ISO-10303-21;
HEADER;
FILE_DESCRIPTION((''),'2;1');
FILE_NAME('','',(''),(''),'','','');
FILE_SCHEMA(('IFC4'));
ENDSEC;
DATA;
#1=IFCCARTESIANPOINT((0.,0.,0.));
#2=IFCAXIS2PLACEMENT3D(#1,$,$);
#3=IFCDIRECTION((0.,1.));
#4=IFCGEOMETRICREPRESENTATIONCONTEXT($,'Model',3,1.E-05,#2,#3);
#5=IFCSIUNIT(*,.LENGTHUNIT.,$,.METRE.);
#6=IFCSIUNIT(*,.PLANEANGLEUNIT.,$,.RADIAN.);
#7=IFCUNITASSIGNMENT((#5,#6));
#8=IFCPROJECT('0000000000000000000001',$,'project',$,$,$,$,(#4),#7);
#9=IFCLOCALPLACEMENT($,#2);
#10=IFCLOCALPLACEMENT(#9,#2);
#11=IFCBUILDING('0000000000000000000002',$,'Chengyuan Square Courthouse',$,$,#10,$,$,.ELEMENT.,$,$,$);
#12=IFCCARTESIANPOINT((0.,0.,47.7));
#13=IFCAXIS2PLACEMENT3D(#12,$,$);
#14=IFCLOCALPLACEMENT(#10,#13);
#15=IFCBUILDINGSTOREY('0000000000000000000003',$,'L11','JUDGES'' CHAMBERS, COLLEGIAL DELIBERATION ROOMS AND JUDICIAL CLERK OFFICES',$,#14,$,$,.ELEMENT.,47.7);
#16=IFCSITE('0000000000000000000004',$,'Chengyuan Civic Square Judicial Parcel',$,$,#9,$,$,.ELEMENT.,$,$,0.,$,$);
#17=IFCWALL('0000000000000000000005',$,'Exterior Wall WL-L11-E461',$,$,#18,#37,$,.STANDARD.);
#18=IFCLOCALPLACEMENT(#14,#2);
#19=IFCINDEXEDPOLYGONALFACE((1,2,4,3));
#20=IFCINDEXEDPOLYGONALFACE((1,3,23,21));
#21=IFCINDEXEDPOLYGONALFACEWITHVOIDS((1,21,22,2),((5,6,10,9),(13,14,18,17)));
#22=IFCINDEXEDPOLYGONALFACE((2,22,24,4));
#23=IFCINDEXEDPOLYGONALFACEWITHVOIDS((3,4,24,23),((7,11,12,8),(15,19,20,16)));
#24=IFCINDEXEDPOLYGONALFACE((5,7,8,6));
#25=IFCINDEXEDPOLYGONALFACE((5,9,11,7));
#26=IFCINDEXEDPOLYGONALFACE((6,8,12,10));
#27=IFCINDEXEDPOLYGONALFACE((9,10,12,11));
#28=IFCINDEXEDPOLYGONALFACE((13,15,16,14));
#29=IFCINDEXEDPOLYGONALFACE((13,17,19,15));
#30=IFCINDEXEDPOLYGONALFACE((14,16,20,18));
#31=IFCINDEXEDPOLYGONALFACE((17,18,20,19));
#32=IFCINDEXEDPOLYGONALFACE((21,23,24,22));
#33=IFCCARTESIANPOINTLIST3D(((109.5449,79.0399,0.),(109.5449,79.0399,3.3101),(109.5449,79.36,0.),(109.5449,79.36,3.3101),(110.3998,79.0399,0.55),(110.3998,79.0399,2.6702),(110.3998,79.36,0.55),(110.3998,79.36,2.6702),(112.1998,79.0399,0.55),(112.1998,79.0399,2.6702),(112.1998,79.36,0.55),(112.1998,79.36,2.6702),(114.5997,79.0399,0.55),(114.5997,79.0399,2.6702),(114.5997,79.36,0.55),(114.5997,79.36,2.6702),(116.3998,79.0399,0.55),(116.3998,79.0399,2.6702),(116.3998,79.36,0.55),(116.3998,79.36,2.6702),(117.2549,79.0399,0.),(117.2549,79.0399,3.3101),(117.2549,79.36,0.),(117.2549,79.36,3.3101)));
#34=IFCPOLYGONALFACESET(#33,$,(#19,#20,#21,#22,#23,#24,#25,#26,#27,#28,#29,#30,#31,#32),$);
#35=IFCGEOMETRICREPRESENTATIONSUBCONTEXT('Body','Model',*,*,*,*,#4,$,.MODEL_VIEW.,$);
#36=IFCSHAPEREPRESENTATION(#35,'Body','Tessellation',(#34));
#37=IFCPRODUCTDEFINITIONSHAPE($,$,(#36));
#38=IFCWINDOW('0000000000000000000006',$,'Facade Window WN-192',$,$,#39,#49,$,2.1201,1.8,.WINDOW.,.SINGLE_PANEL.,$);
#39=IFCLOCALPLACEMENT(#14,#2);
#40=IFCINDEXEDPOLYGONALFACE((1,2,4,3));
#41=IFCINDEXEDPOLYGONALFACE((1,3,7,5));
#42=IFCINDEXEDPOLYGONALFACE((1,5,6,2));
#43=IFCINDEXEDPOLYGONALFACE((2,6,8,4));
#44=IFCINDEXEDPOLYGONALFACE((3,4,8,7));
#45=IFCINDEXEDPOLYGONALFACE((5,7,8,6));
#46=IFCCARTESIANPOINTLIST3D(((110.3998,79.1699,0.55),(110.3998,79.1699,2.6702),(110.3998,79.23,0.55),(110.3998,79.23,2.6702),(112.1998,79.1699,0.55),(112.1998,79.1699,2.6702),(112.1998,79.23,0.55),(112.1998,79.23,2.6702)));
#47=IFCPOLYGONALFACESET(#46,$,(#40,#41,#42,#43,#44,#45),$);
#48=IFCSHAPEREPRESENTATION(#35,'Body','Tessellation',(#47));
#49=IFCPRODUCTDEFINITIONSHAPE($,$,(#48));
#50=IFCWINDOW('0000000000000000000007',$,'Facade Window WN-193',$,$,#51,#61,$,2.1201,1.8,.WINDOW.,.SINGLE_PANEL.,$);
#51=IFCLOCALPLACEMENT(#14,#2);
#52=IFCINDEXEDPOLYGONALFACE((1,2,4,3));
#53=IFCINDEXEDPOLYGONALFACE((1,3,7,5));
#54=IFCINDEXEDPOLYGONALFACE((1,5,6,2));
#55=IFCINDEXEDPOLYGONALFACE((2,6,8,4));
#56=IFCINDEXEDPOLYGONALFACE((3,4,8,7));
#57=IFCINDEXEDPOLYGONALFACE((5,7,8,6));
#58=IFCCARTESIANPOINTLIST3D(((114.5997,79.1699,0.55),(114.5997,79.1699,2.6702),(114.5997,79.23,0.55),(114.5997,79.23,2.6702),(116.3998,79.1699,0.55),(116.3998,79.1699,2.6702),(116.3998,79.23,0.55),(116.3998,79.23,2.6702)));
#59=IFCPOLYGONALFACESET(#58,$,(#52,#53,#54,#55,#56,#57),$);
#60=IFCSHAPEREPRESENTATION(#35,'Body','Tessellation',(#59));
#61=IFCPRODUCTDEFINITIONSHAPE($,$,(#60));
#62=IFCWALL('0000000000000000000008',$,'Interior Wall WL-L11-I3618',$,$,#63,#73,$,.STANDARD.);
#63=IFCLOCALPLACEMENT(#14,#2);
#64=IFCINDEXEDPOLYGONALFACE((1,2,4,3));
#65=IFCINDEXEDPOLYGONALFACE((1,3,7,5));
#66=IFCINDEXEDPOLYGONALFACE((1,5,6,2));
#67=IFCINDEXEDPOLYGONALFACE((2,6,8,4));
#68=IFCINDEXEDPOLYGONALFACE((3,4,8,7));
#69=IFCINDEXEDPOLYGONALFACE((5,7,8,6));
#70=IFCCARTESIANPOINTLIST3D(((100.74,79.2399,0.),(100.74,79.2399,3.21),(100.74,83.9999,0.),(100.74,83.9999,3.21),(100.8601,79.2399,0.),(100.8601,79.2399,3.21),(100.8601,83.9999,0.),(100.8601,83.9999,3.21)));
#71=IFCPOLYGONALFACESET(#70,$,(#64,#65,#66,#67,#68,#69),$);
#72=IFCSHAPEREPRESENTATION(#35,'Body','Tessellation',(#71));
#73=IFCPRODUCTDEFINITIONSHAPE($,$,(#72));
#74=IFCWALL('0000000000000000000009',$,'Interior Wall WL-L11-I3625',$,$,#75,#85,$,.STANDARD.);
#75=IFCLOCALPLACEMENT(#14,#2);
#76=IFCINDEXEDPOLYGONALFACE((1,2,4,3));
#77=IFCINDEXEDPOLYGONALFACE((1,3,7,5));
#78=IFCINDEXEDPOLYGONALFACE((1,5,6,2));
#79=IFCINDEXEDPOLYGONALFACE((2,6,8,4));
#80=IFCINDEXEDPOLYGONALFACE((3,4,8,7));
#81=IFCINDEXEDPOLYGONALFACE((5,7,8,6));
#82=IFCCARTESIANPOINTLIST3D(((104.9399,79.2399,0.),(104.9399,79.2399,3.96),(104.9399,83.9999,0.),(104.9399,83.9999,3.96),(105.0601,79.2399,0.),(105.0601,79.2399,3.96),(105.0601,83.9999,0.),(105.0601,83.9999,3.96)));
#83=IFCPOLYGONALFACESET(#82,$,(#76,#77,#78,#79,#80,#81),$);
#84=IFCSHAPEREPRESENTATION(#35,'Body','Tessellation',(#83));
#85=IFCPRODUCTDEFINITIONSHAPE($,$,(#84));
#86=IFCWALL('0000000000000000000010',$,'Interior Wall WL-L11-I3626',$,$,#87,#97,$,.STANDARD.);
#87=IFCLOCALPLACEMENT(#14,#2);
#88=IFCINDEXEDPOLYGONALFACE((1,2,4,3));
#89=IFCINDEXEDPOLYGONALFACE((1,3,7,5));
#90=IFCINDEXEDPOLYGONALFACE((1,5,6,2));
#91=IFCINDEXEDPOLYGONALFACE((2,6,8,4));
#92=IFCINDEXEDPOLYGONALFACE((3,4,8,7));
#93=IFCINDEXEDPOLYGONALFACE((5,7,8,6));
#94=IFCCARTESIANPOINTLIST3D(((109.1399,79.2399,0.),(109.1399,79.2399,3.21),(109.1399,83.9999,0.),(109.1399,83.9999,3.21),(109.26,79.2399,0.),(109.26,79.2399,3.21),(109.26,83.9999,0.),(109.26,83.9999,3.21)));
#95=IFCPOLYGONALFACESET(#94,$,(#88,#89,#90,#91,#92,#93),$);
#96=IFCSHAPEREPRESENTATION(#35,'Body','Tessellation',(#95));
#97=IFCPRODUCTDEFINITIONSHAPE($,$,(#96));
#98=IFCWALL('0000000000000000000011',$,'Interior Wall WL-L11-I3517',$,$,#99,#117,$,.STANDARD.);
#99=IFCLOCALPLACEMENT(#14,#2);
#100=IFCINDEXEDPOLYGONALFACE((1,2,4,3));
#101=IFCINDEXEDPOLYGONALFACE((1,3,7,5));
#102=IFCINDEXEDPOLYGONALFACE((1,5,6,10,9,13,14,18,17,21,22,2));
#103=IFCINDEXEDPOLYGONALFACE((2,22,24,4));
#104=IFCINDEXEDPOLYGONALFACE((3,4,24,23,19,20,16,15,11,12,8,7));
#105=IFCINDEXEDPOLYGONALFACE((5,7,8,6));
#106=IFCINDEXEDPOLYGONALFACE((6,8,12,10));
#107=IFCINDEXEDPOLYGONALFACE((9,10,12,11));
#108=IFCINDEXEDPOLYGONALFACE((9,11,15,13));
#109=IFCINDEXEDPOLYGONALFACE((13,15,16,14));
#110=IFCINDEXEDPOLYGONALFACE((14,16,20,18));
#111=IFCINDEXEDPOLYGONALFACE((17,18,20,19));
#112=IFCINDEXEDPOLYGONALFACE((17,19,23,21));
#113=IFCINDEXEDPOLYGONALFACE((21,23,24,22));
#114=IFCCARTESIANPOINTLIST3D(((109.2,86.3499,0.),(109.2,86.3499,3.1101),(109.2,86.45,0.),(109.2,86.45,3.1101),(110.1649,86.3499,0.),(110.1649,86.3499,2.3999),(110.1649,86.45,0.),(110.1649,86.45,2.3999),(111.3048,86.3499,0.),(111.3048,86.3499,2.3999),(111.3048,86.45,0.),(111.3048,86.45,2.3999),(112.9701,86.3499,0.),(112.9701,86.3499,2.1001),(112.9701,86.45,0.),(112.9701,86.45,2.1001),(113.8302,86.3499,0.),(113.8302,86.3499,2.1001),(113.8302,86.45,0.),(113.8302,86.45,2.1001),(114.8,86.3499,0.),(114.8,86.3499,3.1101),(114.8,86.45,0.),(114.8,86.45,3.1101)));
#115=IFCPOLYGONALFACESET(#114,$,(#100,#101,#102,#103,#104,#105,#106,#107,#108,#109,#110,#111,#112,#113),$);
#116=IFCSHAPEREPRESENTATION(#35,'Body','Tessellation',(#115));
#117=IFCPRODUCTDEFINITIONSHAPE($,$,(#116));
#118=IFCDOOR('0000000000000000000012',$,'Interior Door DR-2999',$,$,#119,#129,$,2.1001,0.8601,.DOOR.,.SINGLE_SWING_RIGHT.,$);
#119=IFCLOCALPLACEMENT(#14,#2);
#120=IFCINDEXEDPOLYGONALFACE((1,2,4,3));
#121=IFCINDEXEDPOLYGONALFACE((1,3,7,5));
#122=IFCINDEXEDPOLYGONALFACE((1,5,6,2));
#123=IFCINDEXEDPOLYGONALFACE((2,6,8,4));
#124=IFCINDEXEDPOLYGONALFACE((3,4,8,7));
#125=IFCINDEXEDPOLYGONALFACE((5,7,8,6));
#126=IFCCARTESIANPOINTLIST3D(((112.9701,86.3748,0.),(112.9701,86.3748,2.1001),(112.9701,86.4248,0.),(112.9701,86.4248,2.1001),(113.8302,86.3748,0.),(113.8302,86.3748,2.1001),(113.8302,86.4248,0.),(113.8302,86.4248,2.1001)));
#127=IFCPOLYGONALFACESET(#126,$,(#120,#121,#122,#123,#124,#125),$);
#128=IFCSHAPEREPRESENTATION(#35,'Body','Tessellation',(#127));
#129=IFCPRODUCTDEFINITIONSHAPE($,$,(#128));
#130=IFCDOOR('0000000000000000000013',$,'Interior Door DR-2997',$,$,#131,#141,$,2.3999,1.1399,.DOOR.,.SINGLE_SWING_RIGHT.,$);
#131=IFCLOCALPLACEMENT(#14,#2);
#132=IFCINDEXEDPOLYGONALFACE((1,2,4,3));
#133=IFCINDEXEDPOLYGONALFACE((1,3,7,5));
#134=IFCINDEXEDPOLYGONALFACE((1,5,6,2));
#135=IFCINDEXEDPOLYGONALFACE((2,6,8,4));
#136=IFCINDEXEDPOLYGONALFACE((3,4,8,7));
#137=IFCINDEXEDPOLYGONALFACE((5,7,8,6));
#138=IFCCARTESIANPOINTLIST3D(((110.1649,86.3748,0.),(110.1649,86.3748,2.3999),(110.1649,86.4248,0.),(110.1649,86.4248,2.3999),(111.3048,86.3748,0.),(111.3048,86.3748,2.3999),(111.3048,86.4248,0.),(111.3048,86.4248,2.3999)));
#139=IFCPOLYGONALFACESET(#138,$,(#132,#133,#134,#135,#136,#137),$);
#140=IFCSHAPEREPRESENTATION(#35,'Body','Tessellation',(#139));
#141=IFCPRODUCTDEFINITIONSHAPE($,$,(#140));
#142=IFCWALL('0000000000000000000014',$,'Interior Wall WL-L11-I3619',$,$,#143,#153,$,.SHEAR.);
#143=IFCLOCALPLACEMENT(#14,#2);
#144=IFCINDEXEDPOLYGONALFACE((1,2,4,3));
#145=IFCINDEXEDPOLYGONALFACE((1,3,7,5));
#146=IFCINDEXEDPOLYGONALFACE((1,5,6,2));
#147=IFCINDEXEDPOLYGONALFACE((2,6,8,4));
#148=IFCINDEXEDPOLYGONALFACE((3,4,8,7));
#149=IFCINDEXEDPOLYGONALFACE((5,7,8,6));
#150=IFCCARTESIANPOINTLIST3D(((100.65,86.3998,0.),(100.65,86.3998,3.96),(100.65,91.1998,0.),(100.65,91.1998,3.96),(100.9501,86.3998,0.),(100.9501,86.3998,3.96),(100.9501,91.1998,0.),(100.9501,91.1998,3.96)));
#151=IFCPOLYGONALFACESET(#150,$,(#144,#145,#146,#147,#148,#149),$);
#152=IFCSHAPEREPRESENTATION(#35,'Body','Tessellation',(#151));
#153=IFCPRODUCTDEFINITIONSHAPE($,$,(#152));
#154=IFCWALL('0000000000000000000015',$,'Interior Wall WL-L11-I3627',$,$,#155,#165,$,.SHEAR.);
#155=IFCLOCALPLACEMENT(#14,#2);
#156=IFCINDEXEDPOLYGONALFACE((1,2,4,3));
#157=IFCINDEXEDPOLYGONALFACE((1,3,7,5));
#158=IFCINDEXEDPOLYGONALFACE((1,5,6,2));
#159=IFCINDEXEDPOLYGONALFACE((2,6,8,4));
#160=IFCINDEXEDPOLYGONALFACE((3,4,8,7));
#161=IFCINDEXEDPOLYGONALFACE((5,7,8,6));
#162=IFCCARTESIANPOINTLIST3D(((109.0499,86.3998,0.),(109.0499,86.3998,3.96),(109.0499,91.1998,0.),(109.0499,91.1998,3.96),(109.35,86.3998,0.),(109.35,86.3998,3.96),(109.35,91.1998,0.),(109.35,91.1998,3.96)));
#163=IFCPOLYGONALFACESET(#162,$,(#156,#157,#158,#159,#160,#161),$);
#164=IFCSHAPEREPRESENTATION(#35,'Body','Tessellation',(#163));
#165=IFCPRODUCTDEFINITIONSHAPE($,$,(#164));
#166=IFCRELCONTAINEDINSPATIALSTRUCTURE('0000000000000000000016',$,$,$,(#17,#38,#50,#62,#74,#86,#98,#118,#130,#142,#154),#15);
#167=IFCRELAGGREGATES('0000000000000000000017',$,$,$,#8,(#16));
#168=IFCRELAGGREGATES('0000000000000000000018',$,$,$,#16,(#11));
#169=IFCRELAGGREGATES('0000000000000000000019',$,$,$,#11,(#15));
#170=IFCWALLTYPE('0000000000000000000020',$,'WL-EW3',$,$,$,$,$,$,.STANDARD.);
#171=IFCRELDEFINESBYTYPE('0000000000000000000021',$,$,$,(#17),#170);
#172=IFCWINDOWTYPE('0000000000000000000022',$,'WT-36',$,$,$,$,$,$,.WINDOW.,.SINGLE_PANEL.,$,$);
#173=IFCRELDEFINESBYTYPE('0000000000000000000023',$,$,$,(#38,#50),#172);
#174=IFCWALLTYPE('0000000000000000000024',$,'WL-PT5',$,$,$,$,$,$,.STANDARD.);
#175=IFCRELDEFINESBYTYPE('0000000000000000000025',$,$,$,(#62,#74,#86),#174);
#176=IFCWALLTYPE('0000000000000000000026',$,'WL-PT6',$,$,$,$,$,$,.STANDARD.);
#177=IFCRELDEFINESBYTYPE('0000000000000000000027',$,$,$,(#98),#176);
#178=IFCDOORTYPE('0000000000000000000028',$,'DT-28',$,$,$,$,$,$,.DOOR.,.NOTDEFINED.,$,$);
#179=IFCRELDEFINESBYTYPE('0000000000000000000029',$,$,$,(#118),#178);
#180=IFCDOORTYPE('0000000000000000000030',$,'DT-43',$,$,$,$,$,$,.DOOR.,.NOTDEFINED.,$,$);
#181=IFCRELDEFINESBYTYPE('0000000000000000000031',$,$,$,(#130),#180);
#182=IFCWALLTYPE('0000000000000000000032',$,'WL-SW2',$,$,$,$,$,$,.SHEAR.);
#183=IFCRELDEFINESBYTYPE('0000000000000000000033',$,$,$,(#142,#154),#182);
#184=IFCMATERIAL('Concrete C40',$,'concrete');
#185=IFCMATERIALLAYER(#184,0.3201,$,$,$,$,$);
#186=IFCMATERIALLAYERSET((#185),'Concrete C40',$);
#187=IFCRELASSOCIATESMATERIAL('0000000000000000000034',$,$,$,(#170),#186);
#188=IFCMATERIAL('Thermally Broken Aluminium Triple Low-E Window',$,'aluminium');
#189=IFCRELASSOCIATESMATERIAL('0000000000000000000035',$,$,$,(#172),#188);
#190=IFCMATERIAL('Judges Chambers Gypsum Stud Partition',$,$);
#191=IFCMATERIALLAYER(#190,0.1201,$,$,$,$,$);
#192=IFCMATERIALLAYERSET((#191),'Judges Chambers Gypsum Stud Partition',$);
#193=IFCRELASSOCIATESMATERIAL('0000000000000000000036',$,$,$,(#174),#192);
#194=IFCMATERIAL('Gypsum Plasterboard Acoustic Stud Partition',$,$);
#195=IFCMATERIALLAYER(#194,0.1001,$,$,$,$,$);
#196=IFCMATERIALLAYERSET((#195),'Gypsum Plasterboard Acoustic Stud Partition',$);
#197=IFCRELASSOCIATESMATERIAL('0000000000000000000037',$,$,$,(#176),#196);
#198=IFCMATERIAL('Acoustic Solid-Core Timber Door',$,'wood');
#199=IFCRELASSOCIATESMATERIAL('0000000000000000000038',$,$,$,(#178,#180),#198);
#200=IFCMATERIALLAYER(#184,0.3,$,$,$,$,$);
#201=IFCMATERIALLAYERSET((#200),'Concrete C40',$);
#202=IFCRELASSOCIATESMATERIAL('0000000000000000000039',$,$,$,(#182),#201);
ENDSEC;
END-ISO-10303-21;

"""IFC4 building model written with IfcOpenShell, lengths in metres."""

from ifc_helpers import new_model, si_unit, direction, frame, frame_2d, origin, place, context, subcontext, project, spatial, rectangle, extrude, material, layer, layer_set, type_object, element, fill, save


model = new_model("IFC4")

# Units and contexts
model_context = context("Model", 3, precision=1e-05, world=origin(), true_north=direction((0.0, 1.0)))
body_context = subcontext(model_context, "Body", "Model", "MODEL_VIEW")
ifc_project = project(units=[si_unit("LENGTHUNIT", "METRE"), si_unit("PLANEANGLEUNIT", "RADIAN")], contexts=[model_context])

# Site, building, storey
site_placement = place(None, origin())
site = spatial("IfcSite", under=ifc_project, at=site_placement, Name="Chengyuan Civic Square Judicial Parcel", CompositionType="ELEMENT", RefElevation=0.0)
building_placement = place(site_placement, origin())
building = spatial("IfcBuilding", under=site, at=building_placement, Name="Chengyuan Square Courthouse", CompositionType="ELEMENT")
storey_placement = place(building_placement, frame((0.0, 0.0, 47.7)))
storey = spatial("IfcBuildingStorey", under=building, at=storey_placement, Name="L11", Description="JUDGES' CHAMBERS, COLLEGIAL DELIBERATION ROOMS AND JUDICIAL CLERK OFFICES", CompositionType="ELEMENT", Elevation=47.7)

# Shared definitions
ifc_material_1 = material(Name="Concrete C40", Category="concrete")

# Wall, openings, windows
ifc_layer_1 = layer(ifc_material_1, 0.3201)
ifc_layer_set_1 = layer_set([ifc_layer_1], Name="Concrete C40")
wall_type_1 = type_object("IfcWallType", Name="WL-EW3", PredefinedType="STANDARD", material=ifc_layer_set_1)
ifc_material_2 = material(Name="Thermally Broken Aluminium Triple Low-E Window", Category="aluminium")
window_type = type_object("IfcWindowType", Name="WT-36", PartitioningType="SINGLE_PANEL", PredefinedType="WINDOW", material=ifc_material_2)
wall_1_placement = place(storey_placement, frame((109.5449, 79.2, 0.0), z_axis=(0.0, 0.0, 1.0), x_axis=(1.0, 0.0, 0.0)))
wall_1 = element("IfcWall", 1, at=wall_1_placement, inside=storey, type_object=wall_type_1, Name="Exterior Wall WL-L11-E461", PredefinedType="STANDARD", context=body_context, shape_type="SweptSolid", body=[
    extrude(rectangle(XDim=7.71, YDim=0.3201, at=frame_2d((3.855, 0.0))), origin(), (0.0, 0.0, 1.0), 3.3101),
])
opening_1_placement = place(wall_1_placement, frame((0.855, 0.0, 0.55)))
opening_1 = element("IfcOpeningElement", 2, at=opening_1_placement, cuts=wall_1, PredefinedType="OPENING", context=body_context, shape_type="SweptSolid", body=[
    extrude(rectangle(XDim=1.8, YDim=2.1201, at=frame_2d((0.8999, 1.0601))), frame((0.0, 0.1721, 0.0), z_axis=(0.0, -1.0, 0.0), x_axis=(1.0, 0.0, 0.0)), (0.0, 0.0, 1.0), 0.344),
])
opening_2_placement = place(wall_1_placement, frame((5.0549, 0.0, 0.55)))
opening_2 = element("IfcOpeningElement", 3, at=opening_2_placement, cuts=wall_1, PredefinedType="OPENING", context=body_context, shape_type="SweptSolid", body=[
    extrude(rectangle(XDim=1.8, YDim=2.1201, at=frame_2d((0.8999, 1.0601))), frame((0.0, 0.1721, 0.0), z_axis=(0.0, -1.0, 0.0), x_axis=(1.0, 0.0, 0.0)), (0.0, 0.0, 1.0), 0.344),
])
window_1_placement = place(opening_1_placement, origin())
window_1 = element("IfcWindow", 4, at=window_1_placement, inside=storey, type_object=window_type, Name="Facade Window WN-192", OverallHeight=2.1201, OverallWidth=1.8, PartitioningType="SINGLE_PANEL", PredefinedType="WINDOW", context=body_context, shape_type="SweptSolid", body=[
    extrude(rectangle(XDim=1.8, YDim=2.1201, at=frame_2d((0.8999, 1.0601))), frame((0.0, 0.03, 0.0), z_axis=(0.0, -1.0, 0.0), x_axis=(1.0, 0.0, 0.0)), (0.0, 0.0, 1.0), 0.0601),
])
fill(opening_1, window_1)
window_2_placement = place(opening_2_placement, origin())
window_2 = element("IfcWindow", 5, at=window_2_placement, inside=storey, type_object=window_type, Name="Facade Window WN-193", OverallHeight=2.1201, OverallWidth=1.8, PartitioningType="SINGLE_PANEL", PredefinedType="WINDOW", context=body_context, shape_type="SweptSolid", body=[
    extrude(rectangle(XDim=1.8, YDim=2.1201, at=frame_2d((0.8999, 1.0601))), frame((0.0, 0.03, 0.0), z_axis=(0.0, -1.0, 0.0), x_axis=(1.0, 0.0, 0.0)), (0.0, 0.0, 1.0), 0.0601),
])
fill(opening_2, window_2)

# Walls
ifc_material_3 = material(Name="Judges Chambers Gypsum Stud Partition")
ifc_layer_2 = layer(ifc_material_3, 0.1201)
ifc_layer_set_2 = layer_set([ifc_layer_2], Name="Judges Chambers Gypsum Stud Partition")
wall_type_2 = type_object("IfcWallType", Name="WL-PT5", PredefinedType="STANDARD", material=ifc_layer_set_2)
wall_2_placement = place(storey_placement, frame((100.8, 79.24, 0.0), z_axis=(0.0, 0.0, 1.0), x_axis=(0.0, 1.0, 0.0)))
element("IfcWall", 6, at=wall_2_placement, inside=storey, type_object=wall_type_2, Name="Interior Wall WL-L11-I3618", PredefinedType="STANDARD", context=body_context, shape_type="SweptSolid", body=[
    extrude(rectangle(XDim=4.76, YDim=0.1201, at=frame_2d((2.3799, 0.0))), origin(), (0.0, 0.0, 1.0), 3.21),
])
wall_3_placement = place(storey_placement, frame((105.0, 79.24, 0.0), z_axis=(0.0, 0.0, 1.0), x_axis=(0.0, 1.0, 0.0)))
element("IfcWall", 7, at=wall_3_placement, inside=storey, type_object=wall_type_2, Name="Interior Wall WL-L11-I3625", PredefinedType="STANDARD", context=body_context, shape_type="SweptSolid", body=[
    extrude(rectangle(XDim=4.76, YDim=0.1201, at=frame_2d((2.3799, 0.0))), origin(), (0.0, 0.0, 1.0), 3.96),
])
wall_4_placement = place(storey_placement, frame((109.2, 79.24, 0.0), z_axis=(0.0, 0.0, 1.0), x_axis=(0.0, 1.0, 0.0)))
element("IfcWall", 8, at=wall_4_placement, inside=storey, type_object=wall_type_2, Name="Interior Wall WL-L11-I3626", PredefinedType="STANDARD", context=body_context, shape_type="SweptSolid", body=[
    extrude(rectangle(XDim=4.76, YDim=0.1201, at=frame_2d((2.3799, 0.0))), origin(), (0.0, 0.0, 1.0), 3.21),
])

# Wall, openings, doors
ifc_material_4 = material(Name="Gypsum Plasterboard Acoustic Stud Partition")
ifc_layer_3 = layer(ifc_material_4, 0.1001)
ifc_layer_set_3 = layer_set([ifc_layer_3], Name="Gypsum Plasterboard Acoustic Stud Partition")
wall_type_3 = type_object("IfcWallType", Name="WL-PT6", PredefinedType="STANDARD", material=ifc_layer_set_3)
wall_5_placement = place(storey_placement, frame((109.2, 86.3999, 0.0), z_axis=(0.0, 0.0, 1.0), x_axis=(1.0, 0.0, 0.0)))
wall_5 = element("IfcWall", 9, at=wall_5_placement, inside=storey, type_object=wall_type_3, Name="Interior Wall WL-L11-I3517", PredefinedType="STANDARD", context=body_context, shape_type="SweptSolid", body=[
    extrude(rectangle(XDim=5.6001, YDim=0.1001, at=frame_2d((2.8, 0.0))), origin(), (0.0, 0.0, 1.0), 3.1101),
])
opening_3_placement = place(wall_5_placement, frame((0.9651, 0.0, 0.0)))
opening_3 = element("IfcOpeningElement", 10, at=opening_3_placement, cuts=wall_5, PredefinedType="OPENING", context=body_context, shape_type="SweptSolid", body=[
    extrude(rectangle(XDim=1.1399, YDim=2.3999, at=frame_2d((0.5698, 1.2))), frame((0.0, 0.062, 0.0), z_axis=(0.0, -1.0, 0.0), x_axis=(1.0, 0.0, 0.0)), (0.0, 0.0, 1.0), 0.124),
])
opening_4_placement = place(wall_5_placement, frame((3.77, 0.0, 0.0)))
opening_4 = element("IfcOpeningElement", 11, at=opening_4_placement, cuts=wall_5, PredefinedType="OPENING", context=body_context, shape_type="SweptSolid", body=[
    extrude(rectangle(XDim=0.8601, YDim=2.1001, at=frame_2d((0.4302, 1.05))), frame((0.0, 0.062, 0.0), z_axis=(0.0, -1.0, 0.0), x_axis=(1.0, 0.0, 0.0)), (0.0, 0.0, 1.0), 0.124),
])
ifc_material_5 = material(Name="Acoustic Solid-Core Timber Door", Category="wood")
door_type_1 = type_object("IfcDoorType", Name="DT-28", OperationType="NOTDEFINED", PredefinedType="DOOR", material=ifc_material_5)
door_1_placement = place(opening_4_placement, origin())
door_1 = element("IfcDoor", 12, at=door_1_placement, inside=storey, type_object=door_type_1, Name="Interior Door DR-2999", OperationType="SINGLE_SWING_RIGHT", OverallHeight=2.1001, OverallWidth=0.8601, PredefinedType="DOOR", context=body_context, shape_type="SweptSolid", body=[
    extrude(rectangle(XDim=0.8601, YDim=2.1001, at=frame_2d((0.4302, 1.05))), frame((0.0, 0.0249, 0.0), z_axis=(0.0, -1.0, 0.0), x_axis=(1.0, 0.0, 0.0)), (0.0, 0.0, 1.0), 0.05),
])
fill(opening_4, door_1)
door_type_2 = type_object("IfcDoorType", Name="DT-43", OperationType="NOTDEFINED", PredefinedType="DOOR", material=ifc_material_5)
door_2_placement = place(opening_3_placement, origin())
door_2 = element("IfcDoor", 13, at=door_2_placement, inside=storey, type_object=door_type_2, Name="Interior Door DR-2997", OperationType="SINGLE_SWING_RIGHT", OverallHeight=2.3999, OverallWidth=1.1399, PredefinedType="DOOR", context=body_context, shape_type="SweptSolid", body=[
    extrude(rectangle(XDim=1.1399, YDim=2.3999, at=frame_2d((0.5698, 1.2))), frame((0.0, 0.0249, 0.0), z_axis=(0.0, -1.0, 0.0), x_axis=(1.0, 0.0, 0.0)), (0.0, 0.0, 1.0), 0.05),
])
fill(opening_3, door_2)

# Walls
ifc_layer_4 = layer(ifc_material_1, 0.3)
ifc_layer_set_4 = layer_set([ifc_layer_4], Name="Concrete C40")
wall_type_4 = type_object("IfcWallType", Name="WL-SW2", PredefinedType="SHEAR", material=ifc_layer_set_4)
for number, where, z_axis, x_axis, name in (
    (14, (100.8, 86.3999, 0.0), (0.0, 0.0, 1.0), (0.0, 1.0, 0.0), "Interior Wall WL-L11-I3619"),
    (15, (109.2, 86.3999, 0.0), (0.0, 0.0, 1.0), (0.0, 1.0, 0.0), "Interior Wall WL-L11-I3627"),
):
    element("IfcWall", number, at=place(storey_placement, frame(where, z_axis=z_axis, x_axis=x_axis)), inside=storey, type_object=wall_type_4, Name=name, PredefinedType="SHEAR", context=body_context, shape_type="SweptSolid", body=[
        extrude(rectangle(XDim=4.8, YDim=0.3, at=frame_2d((2.3999, 0.0))), origin(), (0.0, 0.0, 1.0), 3.96),
    ])

save(model, "model.ifc")
